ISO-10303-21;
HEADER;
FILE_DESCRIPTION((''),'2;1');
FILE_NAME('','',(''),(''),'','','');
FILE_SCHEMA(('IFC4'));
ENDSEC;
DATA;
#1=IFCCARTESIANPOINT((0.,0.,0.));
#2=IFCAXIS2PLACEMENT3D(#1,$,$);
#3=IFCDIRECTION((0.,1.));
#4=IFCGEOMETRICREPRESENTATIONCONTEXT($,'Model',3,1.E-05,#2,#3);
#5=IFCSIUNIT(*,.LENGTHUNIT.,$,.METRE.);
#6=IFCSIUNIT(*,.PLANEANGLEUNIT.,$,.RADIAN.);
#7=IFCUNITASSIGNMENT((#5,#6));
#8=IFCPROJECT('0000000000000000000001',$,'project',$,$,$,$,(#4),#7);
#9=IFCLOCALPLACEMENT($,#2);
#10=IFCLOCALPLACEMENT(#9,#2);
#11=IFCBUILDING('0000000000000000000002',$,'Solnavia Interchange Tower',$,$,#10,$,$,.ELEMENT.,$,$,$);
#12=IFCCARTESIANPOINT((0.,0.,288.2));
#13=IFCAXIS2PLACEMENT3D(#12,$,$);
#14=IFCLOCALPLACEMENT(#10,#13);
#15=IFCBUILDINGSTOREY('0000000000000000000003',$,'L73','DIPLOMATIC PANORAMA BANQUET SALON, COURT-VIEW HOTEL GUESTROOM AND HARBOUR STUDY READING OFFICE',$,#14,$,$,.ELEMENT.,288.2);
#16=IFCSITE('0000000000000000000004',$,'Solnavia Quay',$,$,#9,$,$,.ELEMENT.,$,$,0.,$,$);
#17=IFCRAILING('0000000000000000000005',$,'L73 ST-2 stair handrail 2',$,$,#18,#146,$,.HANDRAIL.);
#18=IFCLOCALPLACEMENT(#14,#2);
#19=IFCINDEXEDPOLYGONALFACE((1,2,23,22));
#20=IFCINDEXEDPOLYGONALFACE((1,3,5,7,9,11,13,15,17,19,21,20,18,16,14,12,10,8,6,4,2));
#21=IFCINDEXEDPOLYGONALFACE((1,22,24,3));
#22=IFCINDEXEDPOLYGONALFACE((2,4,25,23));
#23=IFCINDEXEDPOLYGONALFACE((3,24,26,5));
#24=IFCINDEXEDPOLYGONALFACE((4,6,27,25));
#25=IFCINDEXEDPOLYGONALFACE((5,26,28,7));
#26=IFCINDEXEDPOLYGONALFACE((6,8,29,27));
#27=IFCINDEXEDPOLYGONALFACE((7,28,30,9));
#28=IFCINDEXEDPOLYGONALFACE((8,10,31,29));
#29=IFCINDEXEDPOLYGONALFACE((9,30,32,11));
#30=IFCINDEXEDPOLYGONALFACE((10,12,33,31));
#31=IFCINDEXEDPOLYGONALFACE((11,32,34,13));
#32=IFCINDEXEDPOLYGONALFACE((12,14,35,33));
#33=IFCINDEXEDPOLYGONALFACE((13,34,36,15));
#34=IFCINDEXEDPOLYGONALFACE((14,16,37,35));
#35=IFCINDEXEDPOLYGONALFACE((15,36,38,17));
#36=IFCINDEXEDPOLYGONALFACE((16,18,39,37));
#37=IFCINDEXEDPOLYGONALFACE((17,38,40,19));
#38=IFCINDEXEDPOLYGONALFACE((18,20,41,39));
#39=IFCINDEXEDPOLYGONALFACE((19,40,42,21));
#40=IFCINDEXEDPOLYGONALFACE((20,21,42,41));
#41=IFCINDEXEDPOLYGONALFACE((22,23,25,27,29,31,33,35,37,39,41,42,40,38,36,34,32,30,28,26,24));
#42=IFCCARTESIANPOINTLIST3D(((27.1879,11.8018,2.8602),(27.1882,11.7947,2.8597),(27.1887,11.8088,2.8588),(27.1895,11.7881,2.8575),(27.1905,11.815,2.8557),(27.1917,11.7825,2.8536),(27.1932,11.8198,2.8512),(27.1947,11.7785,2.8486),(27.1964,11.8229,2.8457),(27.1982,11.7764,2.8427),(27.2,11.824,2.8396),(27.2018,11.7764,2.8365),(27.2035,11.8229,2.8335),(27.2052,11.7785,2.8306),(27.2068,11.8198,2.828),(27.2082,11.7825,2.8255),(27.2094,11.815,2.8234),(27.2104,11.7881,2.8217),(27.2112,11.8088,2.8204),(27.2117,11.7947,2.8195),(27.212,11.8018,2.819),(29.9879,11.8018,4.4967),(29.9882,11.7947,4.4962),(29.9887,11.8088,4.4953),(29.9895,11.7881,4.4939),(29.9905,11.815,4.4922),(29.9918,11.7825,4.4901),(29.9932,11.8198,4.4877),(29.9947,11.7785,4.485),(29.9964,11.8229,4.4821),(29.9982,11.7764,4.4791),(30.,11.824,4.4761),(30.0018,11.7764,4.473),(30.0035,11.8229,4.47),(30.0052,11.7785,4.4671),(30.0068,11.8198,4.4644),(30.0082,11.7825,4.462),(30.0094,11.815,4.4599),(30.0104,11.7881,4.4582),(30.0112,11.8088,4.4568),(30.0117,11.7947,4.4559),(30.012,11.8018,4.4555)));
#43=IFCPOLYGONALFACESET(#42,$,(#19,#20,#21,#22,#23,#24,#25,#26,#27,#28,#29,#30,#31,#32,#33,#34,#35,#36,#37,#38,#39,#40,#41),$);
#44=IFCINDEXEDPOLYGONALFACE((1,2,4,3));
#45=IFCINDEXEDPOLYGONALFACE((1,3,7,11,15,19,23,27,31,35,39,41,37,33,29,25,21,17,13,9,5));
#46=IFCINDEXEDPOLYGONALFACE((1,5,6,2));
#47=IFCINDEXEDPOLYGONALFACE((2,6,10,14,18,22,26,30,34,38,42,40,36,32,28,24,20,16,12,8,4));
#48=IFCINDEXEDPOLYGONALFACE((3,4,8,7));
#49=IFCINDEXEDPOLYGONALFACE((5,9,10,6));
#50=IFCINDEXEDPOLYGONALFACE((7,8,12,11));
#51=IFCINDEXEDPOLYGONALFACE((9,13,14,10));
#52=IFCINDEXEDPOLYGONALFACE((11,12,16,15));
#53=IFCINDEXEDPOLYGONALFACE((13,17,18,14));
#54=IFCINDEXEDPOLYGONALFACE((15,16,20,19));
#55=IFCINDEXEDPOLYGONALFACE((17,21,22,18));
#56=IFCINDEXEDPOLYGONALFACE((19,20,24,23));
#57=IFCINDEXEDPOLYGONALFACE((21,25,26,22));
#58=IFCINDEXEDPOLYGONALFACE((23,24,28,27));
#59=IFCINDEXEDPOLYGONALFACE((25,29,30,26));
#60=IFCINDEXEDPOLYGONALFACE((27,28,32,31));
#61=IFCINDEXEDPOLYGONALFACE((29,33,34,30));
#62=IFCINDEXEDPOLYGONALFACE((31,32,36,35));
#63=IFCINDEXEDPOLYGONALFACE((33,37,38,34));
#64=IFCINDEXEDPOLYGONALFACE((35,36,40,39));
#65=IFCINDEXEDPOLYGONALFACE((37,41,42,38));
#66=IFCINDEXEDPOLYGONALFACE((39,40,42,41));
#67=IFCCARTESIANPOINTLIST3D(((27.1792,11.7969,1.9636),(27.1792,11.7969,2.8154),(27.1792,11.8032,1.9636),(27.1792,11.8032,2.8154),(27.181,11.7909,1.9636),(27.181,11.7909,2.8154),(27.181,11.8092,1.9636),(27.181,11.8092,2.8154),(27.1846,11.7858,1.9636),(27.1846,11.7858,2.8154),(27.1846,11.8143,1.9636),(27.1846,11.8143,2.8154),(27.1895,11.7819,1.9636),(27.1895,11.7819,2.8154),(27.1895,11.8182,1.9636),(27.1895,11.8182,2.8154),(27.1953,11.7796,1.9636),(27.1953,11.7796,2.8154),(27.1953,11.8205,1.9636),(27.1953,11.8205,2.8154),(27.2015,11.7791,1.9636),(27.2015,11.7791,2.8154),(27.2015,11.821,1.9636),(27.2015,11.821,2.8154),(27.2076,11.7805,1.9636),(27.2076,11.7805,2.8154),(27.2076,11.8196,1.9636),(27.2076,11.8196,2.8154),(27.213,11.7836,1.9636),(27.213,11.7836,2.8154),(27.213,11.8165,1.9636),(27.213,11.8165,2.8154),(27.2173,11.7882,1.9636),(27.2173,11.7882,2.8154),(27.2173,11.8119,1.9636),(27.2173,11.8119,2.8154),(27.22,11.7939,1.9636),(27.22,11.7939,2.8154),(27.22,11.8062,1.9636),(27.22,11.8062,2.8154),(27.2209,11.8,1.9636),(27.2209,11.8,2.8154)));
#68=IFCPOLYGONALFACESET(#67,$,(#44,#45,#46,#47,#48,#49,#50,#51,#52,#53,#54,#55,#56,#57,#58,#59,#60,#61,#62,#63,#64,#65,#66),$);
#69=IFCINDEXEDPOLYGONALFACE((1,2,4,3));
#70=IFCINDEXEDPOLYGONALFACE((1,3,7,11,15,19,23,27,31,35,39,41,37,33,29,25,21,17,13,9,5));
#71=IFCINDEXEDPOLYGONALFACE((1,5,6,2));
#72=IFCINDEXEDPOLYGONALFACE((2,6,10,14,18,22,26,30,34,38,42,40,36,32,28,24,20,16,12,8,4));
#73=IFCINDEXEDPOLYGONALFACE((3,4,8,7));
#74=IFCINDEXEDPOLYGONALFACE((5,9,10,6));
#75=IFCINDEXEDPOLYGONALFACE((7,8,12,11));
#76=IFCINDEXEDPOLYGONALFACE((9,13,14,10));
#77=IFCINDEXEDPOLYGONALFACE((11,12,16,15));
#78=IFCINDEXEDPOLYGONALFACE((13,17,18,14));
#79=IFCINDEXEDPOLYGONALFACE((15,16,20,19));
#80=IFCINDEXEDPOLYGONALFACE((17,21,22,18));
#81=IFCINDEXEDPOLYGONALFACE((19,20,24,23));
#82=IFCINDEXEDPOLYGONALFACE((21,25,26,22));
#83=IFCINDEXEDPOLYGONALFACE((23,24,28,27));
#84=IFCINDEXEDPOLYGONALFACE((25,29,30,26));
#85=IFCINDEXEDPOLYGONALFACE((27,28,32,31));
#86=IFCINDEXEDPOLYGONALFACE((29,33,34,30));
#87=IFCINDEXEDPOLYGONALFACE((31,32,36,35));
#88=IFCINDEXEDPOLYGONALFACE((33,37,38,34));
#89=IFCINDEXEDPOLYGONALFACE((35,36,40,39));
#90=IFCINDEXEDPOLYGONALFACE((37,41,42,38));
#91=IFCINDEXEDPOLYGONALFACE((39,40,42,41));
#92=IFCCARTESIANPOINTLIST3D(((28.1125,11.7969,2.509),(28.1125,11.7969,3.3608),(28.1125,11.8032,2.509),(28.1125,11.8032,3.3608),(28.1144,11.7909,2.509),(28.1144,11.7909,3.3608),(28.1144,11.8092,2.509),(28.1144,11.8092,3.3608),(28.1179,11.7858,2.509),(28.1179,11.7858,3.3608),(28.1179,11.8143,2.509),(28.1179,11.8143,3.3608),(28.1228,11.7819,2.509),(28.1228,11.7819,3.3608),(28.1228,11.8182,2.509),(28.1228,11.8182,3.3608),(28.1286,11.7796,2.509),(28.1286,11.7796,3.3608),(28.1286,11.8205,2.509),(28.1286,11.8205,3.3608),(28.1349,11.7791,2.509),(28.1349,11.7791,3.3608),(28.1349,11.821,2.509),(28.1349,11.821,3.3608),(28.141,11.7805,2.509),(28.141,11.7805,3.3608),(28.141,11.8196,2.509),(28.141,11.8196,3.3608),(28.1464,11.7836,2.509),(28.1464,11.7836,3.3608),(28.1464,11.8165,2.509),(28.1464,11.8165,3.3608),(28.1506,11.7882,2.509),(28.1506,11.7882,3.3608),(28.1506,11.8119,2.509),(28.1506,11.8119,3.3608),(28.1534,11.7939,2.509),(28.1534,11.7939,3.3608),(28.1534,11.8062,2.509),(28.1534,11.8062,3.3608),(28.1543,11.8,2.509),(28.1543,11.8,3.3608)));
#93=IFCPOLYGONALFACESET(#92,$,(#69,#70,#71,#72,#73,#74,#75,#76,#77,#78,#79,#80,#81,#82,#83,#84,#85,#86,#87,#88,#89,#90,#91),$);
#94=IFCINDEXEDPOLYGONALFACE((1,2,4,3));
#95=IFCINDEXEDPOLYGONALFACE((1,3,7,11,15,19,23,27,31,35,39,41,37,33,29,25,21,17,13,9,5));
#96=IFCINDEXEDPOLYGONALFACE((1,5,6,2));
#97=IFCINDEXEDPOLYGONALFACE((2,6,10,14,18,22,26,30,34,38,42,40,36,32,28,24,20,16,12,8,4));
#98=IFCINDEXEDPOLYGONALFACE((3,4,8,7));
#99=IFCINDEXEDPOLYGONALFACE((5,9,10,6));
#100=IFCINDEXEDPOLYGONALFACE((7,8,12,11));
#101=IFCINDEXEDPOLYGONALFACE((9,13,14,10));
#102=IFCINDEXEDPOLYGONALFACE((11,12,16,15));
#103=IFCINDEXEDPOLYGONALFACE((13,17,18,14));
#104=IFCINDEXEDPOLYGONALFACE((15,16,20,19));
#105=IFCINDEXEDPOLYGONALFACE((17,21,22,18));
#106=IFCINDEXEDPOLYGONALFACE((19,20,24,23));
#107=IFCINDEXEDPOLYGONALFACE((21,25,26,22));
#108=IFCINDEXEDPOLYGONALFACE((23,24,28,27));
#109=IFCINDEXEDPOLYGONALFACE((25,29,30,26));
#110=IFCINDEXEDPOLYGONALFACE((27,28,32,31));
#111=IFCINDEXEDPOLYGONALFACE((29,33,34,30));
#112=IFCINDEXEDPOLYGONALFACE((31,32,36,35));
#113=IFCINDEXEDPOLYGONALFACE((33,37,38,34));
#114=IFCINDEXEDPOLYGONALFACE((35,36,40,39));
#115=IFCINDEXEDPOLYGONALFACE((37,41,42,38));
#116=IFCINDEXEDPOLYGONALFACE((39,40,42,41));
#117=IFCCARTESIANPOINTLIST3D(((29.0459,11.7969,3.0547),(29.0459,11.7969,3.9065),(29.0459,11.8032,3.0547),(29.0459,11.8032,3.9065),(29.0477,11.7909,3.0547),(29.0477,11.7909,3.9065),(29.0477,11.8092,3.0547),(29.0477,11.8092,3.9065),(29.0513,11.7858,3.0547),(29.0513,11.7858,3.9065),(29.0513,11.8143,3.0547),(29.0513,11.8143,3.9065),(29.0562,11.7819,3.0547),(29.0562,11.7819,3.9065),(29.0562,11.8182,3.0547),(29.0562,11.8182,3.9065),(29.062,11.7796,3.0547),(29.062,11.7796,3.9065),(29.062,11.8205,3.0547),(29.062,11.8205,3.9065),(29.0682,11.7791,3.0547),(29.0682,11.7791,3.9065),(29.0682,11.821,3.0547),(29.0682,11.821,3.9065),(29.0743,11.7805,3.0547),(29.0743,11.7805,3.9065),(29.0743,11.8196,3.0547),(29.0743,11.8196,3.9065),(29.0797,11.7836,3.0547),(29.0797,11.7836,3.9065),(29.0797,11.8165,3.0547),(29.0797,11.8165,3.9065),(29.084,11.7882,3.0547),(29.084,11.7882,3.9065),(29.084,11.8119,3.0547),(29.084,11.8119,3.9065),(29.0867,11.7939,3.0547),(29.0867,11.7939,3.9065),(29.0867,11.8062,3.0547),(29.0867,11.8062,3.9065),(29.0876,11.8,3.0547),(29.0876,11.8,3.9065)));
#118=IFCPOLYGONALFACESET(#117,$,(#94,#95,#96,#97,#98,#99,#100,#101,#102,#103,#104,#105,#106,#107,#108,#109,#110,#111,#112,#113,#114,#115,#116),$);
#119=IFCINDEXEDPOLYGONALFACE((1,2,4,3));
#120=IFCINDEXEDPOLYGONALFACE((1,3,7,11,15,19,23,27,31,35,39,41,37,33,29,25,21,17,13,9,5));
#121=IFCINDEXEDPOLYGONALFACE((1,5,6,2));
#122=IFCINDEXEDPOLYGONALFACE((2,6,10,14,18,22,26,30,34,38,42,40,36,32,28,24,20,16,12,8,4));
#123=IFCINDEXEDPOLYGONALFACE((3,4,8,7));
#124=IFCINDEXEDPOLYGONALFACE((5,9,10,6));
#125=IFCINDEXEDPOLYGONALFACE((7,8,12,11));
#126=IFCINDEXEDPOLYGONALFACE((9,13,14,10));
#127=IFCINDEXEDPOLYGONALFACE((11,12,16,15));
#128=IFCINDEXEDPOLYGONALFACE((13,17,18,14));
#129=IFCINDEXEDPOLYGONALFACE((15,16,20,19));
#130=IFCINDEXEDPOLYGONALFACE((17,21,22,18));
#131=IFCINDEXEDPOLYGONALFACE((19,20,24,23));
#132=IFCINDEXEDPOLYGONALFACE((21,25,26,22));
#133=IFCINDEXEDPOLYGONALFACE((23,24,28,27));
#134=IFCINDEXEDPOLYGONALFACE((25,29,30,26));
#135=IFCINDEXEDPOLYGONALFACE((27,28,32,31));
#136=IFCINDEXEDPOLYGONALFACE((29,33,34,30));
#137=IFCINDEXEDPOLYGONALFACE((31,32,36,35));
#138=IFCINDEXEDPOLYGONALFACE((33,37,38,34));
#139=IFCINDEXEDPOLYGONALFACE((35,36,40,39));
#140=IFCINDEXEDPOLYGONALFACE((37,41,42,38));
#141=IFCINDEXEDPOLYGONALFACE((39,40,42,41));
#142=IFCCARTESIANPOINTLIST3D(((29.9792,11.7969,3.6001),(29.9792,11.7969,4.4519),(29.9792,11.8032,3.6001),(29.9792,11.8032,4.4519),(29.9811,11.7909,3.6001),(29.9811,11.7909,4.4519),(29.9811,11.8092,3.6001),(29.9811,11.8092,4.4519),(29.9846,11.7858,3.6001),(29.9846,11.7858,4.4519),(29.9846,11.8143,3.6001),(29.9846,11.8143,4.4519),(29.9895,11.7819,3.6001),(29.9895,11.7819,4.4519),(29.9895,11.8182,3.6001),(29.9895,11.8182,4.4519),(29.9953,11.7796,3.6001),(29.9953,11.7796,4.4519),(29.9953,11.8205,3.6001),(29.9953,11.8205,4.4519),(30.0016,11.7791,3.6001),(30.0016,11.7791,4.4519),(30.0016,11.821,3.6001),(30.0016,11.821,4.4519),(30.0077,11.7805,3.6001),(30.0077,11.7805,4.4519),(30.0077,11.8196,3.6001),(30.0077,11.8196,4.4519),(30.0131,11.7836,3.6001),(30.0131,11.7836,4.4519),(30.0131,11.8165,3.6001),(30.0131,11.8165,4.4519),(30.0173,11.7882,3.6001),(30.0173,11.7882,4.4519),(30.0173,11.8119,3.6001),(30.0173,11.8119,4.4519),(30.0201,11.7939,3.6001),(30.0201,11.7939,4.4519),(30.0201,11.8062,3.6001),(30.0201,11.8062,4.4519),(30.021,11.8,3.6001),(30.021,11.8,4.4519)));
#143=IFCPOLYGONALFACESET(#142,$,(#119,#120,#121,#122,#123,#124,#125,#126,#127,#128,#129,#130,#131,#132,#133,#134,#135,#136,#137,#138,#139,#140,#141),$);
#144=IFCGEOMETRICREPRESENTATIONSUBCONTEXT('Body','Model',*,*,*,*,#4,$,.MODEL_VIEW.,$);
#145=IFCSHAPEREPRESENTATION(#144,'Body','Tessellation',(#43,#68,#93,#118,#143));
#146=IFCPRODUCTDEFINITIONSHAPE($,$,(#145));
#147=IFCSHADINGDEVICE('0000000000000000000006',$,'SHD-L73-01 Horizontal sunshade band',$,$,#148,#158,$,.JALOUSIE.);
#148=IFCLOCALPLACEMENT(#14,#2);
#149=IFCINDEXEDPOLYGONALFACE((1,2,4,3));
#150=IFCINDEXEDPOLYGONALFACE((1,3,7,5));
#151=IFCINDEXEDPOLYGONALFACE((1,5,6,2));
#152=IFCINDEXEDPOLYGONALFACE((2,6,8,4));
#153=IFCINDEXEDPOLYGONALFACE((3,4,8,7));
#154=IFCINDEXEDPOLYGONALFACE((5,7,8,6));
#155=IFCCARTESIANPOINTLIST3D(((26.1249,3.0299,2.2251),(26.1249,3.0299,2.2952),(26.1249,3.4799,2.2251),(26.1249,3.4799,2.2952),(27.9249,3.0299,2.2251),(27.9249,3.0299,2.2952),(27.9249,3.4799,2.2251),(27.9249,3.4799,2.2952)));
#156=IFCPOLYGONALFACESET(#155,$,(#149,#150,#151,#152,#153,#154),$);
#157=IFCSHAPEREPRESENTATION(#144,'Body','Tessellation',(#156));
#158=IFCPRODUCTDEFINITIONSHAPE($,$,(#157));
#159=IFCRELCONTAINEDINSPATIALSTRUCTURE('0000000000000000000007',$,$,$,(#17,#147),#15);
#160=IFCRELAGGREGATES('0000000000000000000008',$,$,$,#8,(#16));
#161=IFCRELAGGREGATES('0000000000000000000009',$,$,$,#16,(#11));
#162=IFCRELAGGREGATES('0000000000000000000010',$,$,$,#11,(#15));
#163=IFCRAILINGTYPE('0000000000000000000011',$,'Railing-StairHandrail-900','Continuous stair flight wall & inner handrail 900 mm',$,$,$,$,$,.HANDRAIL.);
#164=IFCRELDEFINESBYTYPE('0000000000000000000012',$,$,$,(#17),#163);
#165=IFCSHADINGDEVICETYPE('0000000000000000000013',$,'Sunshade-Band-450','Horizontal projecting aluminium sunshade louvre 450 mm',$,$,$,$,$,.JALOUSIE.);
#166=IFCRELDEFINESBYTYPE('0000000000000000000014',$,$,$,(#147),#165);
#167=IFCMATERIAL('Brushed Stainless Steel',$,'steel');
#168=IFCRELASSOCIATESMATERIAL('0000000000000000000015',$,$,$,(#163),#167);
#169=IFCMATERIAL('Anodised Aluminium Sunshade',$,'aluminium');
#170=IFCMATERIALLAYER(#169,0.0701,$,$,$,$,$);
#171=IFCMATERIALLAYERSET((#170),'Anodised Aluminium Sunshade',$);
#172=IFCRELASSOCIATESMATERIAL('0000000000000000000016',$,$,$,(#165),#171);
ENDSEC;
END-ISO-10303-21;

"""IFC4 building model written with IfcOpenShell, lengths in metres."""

from ifc_helpers import new_model, si_unit, direction, frame, origin, origin_2d, place, context, subcontext, project, spatial, rectangle, circle, extrude, material, layer, layer_set, type_object, element, save


model = new_model("IFC4")

# Units and contexts
model_context = context("Model", 3, precision=1e-05, world=origin(), true_north=direction((0.0, 1.0)))
body_context = subcontext(model_context, "Body", "Model", "MODEL_VIEW")
ifc_project = project(units=[si_unit("LENGTHUNIT", "METRE"), si_unit("PLANEANGLEUNIT", "RADIAN")], contexts=[model_context])

# Site, building, storey
site_placement = place(None, origin())
site = spatial("IfcSite", under=ifc_project, at=site_placement, Name="Solnavia Quay", CompositionType="ELEMENT", RefElevation=0.0)
building_placement = place(site_placement, origin())
building = spatial("IfcBuilding", under=site, at=building_placement, Name="Solnavia Interchange Tower", CompositionType="ELEMENT")
storey_placement = place(building_placement, frame((0.0, 0.0, 288.2)))
storey = spatial("IfcBuildingStorey", under=building, at=storey_placement, Name="L73", Description="DIPLOMATIC PANORAMA BANQUET SALON, COURT-VIEW HOTEL GUESTROOM AND HARBOUR STUDY READING OFFICE", CompositionType="ELEMENT", Elevation=288.2)

# Railing
ifc_material_1 = material(Name="Brushed Stainless Steel", Category="steel")
railing_type_1 = type_object("IfcRailingType", Name="Railing-StairHandrail-900", Description="Continuous stair flight wall & inner handrail 900 mm", PredefinedType="HANDRAIL", material=ifc_material_1)
railing_1_placement = place(storey_placement, frame((27.2, 11.8, 1.9636)))
element("IfcRailing", 1, at=railing_1_placement, inside=storey, type_object=railing_type_1, Name="L73 ST-2 stair handrail 2", PredefinedType="HANDRAIL", context=body_context, shape_type="SweptSolid", body=[
    extrude(circle(Radius=0.0239, at=origin_2d()), frame((0.0, 0.0, 0.876), z_axis=(0.863361, 0.0, 0.504587), x_axis=(0.0, 1.0, 0.0)), (0.0, 0.0, 1.0), 3.2432),
    extrude(circle(Radius=0.021, at=origin_2d()), origin(), (0.0, 0.0, 1.0), 0.8518),
    extrude(circle(Radius=0.021, at=origin_2d()), frame((0.9333, 0.0, 0.5454)), (0.0, 0.0, 1.0), 0.8518),
    extrude(circle(Radius=0.021, at=origin_2d()), frame((1.8667, 0.0, 1.0911)), (0.0, 0.0, 1.0), 0.8518),
    extrude(circle(Radius=0.021, at=origin_2d()), frame((2.8, 0.0, 1.6365)), (0.0, 0.0, 1.0), 0.8518),
])

# Shading device
ifc_material_2 = material(Name="Anodised Aluminium Sunshade", Category="aluminium")
ifc_layer_1 = layer(ifc_material_2, 0.0701)
ifc_layer_set_1 = layer_set([ifc_layer_1], Name="Anodised Aluminium Sunshade")
shading_device_type = type_object("IfcShadingDeviceType", Name="Sunshade-Band-450", Description="Horizontal projecting aluminium sunshade louvre 450 mm", PredefinedType="JALOUSIE", material=ifc_layer_set_1)
shading_device_placement = place(storey_placement, frame((27.0249, 3.2549, 2.2251), z_axis=(0.0, 0.0, 1.0), x_axis=(-1.0, 0.0, 0.0)))
element("IfcShadingDevice", 2, at=shading_device_placement, inside=storey, type_object=shading_device_type, Name="SHD-L73-01 Horizontal sunshade band", PredefinedType="JALOUSIE", context=body_context, shape_type="SweptSolid", body=[
    extrude(rectangle(XDim=1.8, YDim=0.45, at=origin_2d()), origin(), (0.0, 0.0, 1.0), 0.0701),
])

save(model, "model.ifc")
